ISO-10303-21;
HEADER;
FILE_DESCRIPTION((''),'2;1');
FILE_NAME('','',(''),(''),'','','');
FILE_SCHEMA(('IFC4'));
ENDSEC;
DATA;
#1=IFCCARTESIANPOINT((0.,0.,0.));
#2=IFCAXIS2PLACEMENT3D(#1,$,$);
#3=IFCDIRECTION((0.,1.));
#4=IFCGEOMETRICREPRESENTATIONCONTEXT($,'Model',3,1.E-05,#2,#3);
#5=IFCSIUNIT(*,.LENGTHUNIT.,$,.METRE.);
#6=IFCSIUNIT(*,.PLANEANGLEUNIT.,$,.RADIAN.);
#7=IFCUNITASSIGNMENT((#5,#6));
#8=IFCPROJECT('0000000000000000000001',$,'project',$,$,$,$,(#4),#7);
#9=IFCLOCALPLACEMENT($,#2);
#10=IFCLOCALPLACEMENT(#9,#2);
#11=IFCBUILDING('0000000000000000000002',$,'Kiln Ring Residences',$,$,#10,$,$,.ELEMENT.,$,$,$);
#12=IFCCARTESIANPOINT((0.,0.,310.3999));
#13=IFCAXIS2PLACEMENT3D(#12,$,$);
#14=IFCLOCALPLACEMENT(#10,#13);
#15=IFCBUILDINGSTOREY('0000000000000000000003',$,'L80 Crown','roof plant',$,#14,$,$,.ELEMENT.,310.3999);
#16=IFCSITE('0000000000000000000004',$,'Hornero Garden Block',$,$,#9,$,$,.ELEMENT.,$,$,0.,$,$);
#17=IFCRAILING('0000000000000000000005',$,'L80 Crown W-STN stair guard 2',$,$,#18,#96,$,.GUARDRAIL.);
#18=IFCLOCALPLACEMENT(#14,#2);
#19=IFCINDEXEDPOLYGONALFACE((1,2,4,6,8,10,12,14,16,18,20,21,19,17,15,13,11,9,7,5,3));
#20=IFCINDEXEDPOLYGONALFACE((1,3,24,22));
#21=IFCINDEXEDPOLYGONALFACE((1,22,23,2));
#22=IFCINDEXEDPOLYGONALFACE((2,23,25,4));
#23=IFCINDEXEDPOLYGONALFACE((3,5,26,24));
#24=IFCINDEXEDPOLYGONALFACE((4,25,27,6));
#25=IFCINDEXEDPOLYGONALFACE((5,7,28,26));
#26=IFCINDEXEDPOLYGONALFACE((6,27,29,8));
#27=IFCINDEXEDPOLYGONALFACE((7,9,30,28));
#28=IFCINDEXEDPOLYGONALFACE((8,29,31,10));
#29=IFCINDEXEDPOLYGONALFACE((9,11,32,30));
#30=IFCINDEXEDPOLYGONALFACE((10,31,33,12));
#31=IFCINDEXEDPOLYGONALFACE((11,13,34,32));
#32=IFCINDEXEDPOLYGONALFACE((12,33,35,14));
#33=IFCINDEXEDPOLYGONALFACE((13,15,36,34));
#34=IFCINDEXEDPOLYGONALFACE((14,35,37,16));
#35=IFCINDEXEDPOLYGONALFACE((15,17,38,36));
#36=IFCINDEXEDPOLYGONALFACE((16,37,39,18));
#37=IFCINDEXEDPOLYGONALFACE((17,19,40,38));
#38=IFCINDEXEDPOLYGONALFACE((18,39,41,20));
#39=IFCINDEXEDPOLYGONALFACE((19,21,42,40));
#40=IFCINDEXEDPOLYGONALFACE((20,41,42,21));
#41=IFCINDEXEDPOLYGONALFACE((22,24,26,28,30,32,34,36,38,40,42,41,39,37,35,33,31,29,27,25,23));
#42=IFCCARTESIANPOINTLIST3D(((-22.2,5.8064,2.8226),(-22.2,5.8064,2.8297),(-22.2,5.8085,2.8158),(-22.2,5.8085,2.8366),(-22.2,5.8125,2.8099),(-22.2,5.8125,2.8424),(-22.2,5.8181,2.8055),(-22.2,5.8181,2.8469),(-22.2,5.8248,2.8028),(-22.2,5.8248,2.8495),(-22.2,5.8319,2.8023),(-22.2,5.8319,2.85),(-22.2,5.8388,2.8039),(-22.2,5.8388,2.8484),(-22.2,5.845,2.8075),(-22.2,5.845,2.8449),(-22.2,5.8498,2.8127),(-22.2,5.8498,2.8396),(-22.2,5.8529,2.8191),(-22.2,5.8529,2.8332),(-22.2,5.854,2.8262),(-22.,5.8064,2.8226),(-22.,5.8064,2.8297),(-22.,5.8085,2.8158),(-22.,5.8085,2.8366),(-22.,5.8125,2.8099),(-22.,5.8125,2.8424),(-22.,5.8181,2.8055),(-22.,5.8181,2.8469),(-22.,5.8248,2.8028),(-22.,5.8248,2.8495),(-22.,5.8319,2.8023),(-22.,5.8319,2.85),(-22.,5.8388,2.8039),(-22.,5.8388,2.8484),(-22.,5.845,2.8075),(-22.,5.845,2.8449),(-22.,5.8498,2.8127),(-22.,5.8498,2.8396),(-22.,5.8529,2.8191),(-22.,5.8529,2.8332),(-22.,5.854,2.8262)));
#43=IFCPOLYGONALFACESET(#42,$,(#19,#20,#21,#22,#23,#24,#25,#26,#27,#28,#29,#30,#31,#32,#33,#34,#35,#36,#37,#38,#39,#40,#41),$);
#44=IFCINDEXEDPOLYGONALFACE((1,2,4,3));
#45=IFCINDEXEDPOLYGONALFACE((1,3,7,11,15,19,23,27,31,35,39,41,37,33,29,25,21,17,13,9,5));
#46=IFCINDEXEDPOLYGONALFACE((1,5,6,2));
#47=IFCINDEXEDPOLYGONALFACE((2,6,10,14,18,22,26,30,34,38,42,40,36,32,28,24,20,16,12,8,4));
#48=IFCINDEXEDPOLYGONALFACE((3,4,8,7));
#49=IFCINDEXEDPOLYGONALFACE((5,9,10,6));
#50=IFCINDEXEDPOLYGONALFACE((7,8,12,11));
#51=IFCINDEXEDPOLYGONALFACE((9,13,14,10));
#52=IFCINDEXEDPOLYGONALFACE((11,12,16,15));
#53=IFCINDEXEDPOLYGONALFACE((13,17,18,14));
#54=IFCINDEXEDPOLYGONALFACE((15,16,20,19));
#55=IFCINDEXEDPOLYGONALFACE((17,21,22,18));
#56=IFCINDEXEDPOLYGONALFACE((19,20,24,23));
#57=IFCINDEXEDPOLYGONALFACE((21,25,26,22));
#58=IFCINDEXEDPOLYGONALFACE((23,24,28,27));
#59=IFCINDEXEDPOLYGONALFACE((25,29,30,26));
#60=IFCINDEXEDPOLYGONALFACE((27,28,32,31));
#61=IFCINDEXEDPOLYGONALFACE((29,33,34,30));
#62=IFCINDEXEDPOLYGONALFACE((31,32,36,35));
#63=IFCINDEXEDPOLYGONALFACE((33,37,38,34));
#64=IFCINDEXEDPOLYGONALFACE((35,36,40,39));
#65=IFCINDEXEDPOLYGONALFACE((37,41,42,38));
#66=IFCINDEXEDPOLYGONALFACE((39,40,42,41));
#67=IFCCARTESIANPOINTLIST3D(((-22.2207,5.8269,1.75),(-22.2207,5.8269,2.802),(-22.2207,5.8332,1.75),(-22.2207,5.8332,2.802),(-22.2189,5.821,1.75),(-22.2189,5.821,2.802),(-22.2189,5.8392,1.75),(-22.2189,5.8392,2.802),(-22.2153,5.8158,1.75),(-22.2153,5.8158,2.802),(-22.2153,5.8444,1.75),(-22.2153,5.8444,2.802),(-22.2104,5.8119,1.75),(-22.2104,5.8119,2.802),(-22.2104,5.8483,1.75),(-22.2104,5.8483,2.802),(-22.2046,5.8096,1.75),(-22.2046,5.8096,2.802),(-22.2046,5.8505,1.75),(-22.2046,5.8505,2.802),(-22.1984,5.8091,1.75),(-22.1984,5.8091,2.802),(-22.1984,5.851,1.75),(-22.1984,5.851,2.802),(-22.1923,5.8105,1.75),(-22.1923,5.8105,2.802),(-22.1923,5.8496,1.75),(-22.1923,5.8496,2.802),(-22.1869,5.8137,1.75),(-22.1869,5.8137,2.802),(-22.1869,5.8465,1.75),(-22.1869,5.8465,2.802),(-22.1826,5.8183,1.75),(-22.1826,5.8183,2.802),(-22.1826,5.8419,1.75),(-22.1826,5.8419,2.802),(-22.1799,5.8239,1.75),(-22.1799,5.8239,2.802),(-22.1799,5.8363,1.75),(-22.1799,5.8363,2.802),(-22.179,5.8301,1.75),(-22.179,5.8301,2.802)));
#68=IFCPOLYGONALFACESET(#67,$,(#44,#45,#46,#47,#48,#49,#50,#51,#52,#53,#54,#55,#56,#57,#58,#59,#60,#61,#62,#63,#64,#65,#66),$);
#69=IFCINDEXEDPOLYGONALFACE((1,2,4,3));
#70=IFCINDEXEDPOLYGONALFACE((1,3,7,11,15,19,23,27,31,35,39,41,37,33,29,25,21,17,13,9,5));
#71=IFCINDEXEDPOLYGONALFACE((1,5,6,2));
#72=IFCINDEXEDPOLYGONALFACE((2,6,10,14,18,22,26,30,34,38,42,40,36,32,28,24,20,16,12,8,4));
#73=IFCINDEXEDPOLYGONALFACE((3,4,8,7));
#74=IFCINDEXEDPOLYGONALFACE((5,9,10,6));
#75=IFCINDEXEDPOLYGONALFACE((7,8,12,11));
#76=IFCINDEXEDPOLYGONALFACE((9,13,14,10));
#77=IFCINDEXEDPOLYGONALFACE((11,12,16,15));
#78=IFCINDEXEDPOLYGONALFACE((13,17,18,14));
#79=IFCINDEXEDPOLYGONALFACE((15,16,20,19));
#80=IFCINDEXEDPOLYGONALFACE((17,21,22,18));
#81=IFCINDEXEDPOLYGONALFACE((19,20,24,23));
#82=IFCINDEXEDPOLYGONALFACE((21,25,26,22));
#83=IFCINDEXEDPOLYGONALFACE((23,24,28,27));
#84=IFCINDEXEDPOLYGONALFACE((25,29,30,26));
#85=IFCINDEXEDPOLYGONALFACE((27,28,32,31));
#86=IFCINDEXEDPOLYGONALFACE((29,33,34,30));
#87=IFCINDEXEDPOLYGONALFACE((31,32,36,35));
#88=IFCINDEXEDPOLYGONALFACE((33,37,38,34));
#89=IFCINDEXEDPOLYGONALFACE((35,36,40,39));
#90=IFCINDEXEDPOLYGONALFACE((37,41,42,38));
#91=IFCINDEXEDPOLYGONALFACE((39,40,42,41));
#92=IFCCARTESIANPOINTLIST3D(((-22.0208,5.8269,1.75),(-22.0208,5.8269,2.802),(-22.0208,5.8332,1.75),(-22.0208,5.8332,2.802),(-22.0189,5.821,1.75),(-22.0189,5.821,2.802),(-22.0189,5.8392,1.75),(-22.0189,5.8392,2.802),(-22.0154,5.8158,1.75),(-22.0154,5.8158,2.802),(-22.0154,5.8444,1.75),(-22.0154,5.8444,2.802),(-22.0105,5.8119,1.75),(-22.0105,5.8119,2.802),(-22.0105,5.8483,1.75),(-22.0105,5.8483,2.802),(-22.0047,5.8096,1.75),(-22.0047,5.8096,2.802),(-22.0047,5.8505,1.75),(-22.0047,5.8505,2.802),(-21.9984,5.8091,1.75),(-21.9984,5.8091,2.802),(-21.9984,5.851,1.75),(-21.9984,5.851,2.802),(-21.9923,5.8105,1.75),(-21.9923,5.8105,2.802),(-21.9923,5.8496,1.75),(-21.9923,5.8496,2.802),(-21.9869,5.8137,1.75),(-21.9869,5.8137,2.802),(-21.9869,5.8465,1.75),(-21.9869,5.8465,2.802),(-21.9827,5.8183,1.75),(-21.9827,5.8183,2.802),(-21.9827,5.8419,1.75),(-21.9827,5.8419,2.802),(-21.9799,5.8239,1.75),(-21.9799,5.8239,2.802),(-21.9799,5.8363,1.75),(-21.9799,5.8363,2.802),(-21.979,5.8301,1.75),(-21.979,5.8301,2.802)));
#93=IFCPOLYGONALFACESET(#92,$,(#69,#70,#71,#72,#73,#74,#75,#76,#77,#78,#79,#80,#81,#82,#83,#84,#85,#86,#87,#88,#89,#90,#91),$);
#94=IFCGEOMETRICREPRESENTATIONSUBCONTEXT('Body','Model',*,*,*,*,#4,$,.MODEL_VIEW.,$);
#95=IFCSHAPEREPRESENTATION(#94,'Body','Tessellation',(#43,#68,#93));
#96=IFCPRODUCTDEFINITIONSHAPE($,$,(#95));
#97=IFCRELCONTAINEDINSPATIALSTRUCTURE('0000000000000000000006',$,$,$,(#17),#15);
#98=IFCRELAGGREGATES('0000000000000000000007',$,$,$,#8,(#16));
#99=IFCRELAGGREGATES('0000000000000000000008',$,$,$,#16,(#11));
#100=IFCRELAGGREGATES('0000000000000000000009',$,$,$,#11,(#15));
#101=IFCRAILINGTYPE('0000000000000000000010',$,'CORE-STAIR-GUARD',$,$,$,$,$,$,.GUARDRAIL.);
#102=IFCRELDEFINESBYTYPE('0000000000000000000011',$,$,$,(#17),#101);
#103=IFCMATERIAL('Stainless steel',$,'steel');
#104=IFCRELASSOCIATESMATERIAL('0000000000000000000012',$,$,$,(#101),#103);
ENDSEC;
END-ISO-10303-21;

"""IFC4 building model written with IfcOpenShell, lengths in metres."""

from ifc_helpers import new_model, si_unit, direction, frame, origin, origin_2d, place, context, subcontext, project, spatial, circle, extrude, material, type_object, element, save


model = new_model("IFC4")

# Units and contexts
model_context = context("Model", 3, precision=1e-05, world=origin(), true_north=direction((0.0, 1.0)))
body_context = subcontext(model_context, "Body", "Model", "MODEL_VIEW")
ifc_project = project(units=[si_unit("LENGTHUNIT", "METRE"), si_unit("PLANEANGLEUNIT", "RADIAN")], contexts=[model_context])

# Site, building, storey
site_placement = place(None, origin())
site = spatial("IfcSite", under=ifc_project, at=site_placement, Name="Hornero Garden Block", CompositionType="ELEMENT", RefElevation=0.0)
building_placement = place(site_placement, origin())
building = spatial("IfcBuilding", under=site, at=building_placement, Name="Kiln Ring Residences", CompositionType="ELEMENT")
storey_placement = place(building_placement, frame((0.0, 0.0, 310.3999)))
storey = spatial("IfcBuildingStorey", under=building, at=storey_placement, Name="L80 Crown", Description="roof plant", CompositionType="ELEMENT", Elevation=310.3999)

# Railing
ifc_material_1 = material(Name="Stainless steel", Category="steel")
railing_type_1 = type_object("IfcRailingType", Name="CORE-STAIR-GUARD", PredefinedType="GUARDRAIL", material=ifc_material_1)
railing_1_placement = place(storey_placement, frame((-22.2, 5.8301, 1.75)))
element("IfcRailing", 1, at=railing_1_placement, inside=storey, type_object=railing_type_1, Name="L80 Crown W-STN stair guard 2", PredefinedType="GUARDRAIL", context=body_context, shape_type="SweptSolid", body=[
    extrude(circle(Radius=0.0239, at=origin_2d()), frame((0.0, 0.0, 1.0762), z_axis=(1.0, 0.0, 0.0), x_axis=(0.0, 1.0, 0.0)), (0.0, 0.0, 1.0), 0.2),
    extrude(circle(Radius=0.021, at=origin_2d()), origin(), (0.0, 0.0, 1.0), 1.052),
    extrude(circle(Radius=0.021, at=origin_2d()), frame((0.2, 0.0, 0.0)), (0.0, 0.0, 1.0), 1.052),
])

save(model, "model.ifc")
